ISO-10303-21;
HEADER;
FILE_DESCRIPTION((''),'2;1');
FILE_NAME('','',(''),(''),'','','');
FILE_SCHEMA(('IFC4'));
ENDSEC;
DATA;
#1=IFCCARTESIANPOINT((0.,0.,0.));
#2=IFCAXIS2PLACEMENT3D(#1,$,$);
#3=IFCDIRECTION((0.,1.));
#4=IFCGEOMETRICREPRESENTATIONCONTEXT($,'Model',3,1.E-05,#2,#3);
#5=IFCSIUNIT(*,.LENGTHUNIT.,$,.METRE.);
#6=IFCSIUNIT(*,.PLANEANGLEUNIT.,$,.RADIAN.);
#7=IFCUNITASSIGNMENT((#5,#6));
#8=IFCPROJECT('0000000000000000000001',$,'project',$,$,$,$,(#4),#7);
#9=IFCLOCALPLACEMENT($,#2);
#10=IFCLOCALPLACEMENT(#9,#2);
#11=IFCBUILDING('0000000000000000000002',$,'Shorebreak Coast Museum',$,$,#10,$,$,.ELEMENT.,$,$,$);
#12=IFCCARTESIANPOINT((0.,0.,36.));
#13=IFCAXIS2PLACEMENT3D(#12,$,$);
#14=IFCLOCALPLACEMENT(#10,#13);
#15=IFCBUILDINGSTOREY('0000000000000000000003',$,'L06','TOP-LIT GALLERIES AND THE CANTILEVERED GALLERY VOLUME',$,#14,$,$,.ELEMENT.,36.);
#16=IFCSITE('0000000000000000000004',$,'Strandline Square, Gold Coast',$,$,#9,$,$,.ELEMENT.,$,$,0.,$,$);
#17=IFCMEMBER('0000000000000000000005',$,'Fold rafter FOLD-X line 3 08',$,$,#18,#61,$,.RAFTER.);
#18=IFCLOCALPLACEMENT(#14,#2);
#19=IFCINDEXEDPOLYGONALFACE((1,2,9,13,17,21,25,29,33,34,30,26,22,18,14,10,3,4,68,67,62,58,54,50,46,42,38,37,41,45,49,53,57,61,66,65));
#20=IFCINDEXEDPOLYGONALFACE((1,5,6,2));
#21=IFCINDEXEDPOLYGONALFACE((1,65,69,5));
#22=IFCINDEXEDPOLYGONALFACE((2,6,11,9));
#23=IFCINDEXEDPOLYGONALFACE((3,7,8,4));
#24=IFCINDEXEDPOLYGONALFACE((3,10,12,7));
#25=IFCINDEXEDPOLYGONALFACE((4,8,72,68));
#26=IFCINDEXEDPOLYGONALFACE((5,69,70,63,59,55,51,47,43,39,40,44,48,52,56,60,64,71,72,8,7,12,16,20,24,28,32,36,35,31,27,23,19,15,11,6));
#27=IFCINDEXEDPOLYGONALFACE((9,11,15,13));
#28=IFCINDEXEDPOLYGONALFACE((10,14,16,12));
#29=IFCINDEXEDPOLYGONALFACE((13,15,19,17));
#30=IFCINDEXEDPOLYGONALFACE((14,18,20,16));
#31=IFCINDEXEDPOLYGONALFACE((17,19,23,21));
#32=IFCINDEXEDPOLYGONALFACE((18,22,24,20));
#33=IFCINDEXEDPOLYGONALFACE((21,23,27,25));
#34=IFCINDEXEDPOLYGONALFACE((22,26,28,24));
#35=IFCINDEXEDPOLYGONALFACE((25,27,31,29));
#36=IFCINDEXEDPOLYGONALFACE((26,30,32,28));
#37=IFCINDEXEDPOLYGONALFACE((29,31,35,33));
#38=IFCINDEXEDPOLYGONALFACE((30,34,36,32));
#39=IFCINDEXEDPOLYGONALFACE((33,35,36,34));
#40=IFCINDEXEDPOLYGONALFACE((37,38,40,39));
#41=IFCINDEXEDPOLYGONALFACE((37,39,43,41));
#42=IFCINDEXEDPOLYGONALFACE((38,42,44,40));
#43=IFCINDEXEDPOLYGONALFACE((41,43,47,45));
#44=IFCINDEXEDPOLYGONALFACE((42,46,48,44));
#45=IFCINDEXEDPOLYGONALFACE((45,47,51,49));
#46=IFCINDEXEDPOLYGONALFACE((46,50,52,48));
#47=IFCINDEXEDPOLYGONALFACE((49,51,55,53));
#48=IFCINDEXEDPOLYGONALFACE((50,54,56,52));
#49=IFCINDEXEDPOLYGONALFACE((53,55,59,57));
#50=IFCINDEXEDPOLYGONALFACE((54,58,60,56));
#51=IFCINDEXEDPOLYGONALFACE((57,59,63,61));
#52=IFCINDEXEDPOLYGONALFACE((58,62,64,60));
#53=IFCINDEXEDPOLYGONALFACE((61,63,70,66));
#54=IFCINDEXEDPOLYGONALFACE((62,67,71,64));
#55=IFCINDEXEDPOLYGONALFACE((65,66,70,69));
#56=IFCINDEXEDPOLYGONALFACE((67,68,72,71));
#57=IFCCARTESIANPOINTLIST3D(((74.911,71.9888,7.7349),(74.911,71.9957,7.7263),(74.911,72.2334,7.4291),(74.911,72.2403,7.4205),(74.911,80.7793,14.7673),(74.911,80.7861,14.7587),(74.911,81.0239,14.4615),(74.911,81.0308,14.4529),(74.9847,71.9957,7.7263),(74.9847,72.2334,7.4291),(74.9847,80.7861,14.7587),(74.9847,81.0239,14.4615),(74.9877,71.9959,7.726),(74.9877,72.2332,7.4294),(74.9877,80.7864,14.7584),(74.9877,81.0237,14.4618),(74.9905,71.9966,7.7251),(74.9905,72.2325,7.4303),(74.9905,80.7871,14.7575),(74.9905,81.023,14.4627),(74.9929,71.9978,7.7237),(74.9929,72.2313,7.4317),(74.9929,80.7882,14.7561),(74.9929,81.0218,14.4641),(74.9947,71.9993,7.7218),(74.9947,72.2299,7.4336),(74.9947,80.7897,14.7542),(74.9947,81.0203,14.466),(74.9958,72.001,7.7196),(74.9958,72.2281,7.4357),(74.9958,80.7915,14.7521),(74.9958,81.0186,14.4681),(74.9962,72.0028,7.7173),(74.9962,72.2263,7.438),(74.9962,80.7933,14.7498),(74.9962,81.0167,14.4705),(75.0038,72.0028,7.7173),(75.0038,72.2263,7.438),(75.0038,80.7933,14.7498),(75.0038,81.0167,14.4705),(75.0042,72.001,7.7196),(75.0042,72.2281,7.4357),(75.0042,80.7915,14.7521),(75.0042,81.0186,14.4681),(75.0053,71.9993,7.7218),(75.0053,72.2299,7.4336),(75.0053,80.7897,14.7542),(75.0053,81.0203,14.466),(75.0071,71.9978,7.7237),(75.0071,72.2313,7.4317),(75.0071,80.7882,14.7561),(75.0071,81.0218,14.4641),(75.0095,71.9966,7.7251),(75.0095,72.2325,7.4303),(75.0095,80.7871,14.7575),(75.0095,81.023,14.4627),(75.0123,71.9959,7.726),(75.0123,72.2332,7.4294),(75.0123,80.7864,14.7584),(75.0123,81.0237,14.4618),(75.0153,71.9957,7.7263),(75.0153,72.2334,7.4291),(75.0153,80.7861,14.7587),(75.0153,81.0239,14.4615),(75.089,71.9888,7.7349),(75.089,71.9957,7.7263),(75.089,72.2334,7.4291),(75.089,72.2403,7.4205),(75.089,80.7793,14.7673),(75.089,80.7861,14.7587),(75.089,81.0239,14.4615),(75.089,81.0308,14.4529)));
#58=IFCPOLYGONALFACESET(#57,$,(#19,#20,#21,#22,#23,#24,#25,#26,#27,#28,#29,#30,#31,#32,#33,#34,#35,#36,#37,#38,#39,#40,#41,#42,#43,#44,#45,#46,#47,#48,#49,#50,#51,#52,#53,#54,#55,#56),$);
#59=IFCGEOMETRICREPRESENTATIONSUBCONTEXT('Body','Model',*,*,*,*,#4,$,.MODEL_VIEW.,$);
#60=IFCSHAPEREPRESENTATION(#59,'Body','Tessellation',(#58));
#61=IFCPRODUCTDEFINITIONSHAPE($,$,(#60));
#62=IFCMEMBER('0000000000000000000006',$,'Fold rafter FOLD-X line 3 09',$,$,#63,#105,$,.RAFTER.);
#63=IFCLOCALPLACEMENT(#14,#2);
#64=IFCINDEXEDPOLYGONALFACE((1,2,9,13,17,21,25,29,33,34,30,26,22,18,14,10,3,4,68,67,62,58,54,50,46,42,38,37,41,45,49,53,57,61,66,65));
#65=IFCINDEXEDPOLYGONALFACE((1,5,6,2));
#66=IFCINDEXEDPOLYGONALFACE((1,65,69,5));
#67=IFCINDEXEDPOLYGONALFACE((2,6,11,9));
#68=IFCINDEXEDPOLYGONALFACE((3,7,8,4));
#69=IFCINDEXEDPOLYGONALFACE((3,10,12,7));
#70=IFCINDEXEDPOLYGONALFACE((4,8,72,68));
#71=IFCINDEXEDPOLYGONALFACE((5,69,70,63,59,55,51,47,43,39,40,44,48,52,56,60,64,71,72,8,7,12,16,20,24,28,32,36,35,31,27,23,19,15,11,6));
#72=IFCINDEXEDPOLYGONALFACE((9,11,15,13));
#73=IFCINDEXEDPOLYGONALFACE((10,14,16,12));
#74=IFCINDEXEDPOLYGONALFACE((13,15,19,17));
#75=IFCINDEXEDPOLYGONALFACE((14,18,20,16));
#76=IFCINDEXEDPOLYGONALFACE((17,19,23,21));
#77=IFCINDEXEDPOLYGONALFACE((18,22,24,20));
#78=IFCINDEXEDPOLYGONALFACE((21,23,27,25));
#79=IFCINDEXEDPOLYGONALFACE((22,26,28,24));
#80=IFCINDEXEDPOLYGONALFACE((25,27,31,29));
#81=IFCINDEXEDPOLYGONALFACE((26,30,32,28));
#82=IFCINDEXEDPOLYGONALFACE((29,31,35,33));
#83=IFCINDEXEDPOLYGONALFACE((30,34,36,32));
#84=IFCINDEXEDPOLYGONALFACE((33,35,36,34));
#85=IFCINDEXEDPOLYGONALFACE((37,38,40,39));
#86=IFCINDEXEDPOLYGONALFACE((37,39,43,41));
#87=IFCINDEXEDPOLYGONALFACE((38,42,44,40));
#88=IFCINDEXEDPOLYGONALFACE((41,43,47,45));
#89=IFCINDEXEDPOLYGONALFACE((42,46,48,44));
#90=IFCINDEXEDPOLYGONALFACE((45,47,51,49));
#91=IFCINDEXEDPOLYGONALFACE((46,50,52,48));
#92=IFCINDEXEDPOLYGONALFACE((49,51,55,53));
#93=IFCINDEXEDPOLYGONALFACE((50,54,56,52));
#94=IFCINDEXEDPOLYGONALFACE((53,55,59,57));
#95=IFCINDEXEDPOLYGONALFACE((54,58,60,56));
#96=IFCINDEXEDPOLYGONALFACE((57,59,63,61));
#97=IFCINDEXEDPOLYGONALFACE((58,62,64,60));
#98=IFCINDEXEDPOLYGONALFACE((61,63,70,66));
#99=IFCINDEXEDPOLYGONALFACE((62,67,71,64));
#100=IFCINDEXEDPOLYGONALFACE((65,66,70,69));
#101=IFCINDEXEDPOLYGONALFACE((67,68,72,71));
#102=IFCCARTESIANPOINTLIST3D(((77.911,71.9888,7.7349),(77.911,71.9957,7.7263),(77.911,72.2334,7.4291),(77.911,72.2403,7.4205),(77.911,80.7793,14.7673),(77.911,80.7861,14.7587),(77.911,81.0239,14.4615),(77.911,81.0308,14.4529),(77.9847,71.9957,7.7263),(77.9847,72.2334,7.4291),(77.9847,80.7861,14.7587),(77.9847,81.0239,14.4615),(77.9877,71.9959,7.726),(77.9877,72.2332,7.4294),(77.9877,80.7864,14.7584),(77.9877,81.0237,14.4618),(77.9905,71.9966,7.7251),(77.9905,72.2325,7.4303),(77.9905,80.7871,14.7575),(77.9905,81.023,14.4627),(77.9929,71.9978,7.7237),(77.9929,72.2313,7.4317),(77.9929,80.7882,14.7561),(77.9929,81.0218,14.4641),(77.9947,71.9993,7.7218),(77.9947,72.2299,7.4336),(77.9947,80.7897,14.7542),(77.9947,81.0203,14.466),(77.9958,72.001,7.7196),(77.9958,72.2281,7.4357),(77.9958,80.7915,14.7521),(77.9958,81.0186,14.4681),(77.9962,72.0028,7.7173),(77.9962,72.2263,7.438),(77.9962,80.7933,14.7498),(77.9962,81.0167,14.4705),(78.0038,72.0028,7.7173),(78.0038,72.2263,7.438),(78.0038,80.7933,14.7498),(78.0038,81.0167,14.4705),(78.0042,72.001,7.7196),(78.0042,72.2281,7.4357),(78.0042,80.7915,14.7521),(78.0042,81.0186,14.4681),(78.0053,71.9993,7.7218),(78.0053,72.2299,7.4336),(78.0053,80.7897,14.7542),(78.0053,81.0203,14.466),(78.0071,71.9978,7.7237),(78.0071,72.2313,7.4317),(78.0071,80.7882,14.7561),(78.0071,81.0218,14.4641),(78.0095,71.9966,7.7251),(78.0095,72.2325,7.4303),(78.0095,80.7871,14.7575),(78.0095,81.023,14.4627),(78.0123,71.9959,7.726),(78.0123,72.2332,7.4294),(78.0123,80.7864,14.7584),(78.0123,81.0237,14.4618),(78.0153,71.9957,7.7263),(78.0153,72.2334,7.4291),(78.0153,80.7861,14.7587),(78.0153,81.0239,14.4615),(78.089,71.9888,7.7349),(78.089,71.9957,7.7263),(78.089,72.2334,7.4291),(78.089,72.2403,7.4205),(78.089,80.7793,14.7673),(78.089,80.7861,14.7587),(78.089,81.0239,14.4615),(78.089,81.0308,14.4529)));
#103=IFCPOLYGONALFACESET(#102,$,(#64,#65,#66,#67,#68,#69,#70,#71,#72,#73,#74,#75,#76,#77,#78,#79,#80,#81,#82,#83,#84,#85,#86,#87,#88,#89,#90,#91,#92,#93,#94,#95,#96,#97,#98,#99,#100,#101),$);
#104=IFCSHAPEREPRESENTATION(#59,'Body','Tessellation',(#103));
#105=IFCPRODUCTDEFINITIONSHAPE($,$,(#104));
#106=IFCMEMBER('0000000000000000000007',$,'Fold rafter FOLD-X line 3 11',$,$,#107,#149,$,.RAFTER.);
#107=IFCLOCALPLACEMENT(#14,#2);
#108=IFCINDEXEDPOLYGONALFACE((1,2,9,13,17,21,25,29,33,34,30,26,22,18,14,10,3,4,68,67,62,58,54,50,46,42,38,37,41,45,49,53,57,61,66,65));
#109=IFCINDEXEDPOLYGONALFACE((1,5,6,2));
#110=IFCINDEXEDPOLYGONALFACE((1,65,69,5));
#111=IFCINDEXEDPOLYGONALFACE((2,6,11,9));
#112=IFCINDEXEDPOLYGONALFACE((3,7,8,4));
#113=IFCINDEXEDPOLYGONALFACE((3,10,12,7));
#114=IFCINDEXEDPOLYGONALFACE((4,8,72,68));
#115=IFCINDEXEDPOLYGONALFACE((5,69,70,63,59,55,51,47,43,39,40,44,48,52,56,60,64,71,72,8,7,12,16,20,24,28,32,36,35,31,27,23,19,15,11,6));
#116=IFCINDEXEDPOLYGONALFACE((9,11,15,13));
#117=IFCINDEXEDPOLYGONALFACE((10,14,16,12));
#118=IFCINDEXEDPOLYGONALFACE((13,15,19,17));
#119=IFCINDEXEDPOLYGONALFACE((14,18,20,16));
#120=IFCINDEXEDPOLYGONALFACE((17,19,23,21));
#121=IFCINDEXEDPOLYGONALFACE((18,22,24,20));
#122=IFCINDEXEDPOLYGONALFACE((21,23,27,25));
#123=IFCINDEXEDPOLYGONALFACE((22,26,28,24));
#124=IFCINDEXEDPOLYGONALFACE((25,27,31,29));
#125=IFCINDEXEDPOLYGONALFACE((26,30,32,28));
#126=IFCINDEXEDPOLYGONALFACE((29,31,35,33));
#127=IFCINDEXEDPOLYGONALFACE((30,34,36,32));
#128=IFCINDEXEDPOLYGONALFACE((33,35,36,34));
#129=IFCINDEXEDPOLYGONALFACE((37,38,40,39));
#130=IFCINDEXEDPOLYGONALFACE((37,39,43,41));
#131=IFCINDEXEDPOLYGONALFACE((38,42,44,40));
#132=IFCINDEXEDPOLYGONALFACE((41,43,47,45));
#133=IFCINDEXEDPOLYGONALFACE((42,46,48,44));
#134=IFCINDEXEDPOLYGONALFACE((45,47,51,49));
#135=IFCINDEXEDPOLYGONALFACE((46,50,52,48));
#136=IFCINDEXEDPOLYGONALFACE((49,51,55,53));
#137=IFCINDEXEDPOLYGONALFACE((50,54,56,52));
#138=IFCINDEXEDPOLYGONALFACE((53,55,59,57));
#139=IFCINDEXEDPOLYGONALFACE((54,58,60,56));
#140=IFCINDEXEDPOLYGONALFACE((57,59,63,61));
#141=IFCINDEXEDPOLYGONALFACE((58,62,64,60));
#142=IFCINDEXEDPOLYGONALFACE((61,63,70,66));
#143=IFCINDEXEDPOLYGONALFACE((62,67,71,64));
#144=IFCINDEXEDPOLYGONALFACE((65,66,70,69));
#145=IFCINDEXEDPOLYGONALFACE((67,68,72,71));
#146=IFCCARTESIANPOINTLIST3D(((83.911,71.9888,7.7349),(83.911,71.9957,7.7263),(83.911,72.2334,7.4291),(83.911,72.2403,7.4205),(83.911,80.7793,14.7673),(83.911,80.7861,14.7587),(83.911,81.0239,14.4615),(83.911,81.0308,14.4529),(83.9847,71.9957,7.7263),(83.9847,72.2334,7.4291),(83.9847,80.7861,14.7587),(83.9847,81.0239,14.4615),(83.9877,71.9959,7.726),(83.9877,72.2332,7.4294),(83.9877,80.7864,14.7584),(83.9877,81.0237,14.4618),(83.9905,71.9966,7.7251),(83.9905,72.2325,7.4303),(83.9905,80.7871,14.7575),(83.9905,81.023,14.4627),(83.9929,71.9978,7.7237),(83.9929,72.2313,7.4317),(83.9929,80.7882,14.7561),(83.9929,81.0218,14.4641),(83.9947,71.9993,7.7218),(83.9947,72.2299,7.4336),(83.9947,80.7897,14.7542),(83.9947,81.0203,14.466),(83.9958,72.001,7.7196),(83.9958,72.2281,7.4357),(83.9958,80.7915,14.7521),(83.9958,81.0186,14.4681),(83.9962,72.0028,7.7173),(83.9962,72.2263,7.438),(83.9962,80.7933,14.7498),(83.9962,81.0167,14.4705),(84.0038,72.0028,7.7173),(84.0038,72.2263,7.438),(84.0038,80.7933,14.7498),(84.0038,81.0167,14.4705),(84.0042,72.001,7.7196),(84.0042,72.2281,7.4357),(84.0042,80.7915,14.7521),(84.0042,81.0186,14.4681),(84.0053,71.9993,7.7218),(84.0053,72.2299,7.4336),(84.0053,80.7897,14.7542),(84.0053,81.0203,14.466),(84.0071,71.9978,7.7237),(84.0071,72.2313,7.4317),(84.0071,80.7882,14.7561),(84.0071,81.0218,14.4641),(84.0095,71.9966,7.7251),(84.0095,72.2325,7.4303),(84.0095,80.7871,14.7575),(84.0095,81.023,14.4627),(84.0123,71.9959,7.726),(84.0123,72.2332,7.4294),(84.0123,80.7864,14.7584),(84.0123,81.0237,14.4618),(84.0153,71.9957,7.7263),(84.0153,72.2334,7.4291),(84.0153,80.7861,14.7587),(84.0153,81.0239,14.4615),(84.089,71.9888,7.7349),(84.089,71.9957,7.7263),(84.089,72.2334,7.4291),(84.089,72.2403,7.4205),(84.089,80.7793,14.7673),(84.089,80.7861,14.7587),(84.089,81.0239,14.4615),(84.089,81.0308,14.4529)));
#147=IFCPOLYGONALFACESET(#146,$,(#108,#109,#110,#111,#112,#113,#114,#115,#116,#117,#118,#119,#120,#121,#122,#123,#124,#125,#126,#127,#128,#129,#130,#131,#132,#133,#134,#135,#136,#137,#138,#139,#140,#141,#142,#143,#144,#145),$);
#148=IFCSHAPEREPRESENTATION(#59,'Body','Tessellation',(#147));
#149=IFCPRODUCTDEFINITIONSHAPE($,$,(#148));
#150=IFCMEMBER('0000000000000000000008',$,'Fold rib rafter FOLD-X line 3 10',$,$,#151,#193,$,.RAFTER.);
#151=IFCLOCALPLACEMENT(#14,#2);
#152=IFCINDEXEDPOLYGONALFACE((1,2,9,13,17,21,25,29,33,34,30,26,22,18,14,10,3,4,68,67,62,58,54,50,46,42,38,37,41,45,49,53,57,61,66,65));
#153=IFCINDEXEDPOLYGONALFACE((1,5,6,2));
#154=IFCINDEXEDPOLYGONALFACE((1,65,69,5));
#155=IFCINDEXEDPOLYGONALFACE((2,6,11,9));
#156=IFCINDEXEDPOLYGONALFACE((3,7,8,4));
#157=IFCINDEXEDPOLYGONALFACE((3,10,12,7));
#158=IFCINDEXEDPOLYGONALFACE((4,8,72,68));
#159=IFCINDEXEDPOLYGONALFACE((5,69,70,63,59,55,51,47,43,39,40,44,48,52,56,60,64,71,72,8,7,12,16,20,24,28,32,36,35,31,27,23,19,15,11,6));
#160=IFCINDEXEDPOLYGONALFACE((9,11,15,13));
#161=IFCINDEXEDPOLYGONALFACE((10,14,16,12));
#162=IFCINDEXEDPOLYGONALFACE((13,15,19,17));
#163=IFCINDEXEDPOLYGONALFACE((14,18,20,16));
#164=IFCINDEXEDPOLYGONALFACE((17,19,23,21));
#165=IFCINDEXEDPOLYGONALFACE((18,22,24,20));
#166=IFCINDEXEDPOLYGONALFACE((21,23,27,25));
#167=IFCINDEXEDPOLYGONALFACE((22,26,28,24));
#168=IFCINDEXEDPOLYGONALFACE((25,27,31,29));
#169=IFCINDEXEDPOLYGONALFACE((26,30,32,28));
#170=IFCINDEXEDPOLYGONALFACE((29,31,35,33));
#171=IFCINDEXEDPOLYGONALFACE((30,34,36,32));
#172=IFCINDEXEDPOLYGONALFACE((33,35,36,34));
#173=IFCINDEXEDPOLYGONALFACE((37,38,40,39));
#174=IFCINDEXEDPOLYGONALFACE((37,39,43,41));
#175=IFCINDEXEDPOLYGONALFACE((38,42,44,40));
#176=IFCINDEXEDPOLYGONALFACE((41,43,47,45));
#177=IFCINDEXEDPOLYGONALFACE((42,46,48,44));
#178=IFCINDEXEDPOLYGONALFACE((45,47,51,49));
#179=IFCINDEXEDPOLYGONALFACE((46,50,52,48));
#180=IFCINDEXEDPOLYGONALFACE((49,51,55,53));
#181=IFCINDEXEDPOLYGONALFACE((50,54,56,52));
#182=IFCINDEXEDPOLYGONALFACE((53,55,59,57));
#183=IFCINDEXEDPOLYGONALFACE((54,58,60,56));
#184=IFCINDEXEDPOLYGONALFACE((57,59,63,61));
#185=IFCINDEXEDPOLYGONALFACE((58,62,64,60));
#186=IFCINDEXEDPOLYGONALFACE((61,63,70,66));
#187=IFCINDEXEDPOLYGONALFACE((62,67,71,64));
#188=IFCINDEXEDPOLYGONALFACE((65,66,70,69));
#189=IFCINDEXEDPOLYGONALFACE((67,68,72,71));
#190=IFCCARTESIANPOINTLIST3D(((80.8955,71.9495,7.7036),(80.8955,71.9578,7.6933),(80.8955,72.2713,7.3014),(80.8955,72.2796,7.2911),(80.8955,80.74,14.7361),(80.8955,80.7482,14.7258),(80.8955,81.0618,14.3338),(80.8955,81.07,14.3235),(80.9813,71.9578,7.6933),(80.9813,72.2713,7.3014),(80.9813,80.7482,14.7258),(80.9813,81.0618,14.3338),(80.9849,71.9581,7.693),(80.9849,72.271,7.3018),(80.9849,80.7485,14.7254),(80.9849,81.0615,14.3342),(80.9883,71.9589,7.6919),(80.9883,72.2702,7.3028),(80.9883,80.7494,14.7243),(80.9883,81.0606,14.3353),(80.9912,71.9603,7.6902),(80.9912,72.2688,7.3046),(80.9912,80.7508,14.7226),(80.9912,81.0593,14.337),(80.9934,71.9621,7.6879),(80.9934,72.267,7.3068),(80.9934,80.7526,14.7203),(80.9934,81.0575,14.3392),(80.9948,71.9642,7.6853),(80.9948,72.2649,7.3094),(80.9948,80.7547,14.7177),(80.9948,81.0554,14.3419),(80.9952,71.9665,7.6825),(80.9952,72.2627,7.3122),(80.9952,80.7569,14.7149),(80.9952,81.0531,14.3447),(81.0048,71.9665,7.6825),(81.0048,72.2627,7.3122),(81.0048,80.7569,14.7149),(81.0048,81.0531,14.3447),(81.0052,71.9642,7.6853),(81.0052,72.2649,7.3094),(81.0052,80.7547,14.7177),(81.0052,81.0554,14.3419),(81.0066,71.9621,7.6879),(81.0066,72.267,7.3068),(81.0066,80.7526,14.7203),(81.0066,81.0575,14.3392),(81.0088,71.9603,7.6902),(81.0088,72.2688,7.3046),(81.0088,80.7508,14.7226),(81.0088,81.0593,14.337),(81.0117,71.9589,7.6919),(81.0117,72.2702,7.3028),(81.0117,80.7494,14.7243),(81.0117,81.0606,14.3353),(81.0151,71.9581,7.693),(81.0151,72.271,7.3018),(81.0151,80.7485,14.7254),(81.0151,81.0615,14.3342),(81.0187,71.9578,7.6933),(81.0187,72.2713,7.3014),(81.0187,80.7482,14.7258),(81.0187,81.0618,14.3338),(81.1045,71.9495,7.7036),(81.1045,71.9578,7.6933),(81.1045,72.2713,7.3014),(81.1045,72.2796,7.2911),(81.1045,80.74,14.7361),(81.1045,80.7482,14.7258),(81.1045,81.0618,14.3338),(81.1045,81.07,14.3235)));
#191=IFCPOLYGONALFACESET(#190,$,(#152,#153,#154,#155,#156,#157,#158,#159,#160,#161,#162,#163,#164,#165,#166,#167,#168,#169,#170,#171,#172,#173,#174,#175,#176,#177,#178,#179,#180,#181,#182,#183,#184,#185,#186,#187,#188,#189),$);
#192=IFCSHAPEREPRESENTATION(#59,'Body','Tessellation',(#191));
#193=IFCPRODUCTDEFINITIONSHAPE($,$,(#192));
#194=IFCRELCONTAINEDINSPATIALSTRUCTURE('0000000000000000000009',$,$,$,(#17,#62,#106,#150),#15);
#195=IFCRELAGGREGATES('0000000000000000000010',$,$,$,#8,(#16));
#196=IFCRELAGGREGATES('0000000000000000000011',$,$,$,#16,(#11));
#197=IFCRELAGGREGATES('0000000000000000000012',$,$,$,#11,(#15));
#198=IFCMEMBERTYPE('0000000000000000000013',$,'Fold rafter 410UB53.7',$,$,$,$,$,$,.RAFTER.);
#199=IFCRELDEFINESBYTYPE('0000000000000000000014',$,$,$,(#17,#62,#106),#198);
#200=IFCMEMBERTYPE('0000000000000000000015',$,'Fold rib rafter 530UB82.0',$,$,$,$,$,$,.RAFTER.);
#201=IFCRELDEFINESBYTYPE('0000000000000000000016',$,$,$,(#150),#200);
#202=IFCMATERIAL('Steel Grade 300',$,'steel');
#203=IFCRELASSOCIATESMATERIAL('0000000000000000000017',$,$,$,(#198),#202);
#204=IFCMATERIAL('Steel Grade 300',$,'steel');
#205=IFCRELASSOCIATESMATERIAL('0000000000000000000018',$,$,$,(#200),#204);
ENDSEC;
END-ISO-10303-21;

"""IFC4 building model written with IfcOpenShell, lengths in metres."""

from ifc_helpers import new_model, si_unit, direction, frame, origin, origin_2d, place, context, subcontext, project, spatial, i_section, extrude, material, material_profile, profile_set, type_object, element, save


model = new_model("IFC4")

# Units and contexts
model_context = context("Model", 3, precision=1e-05, world=origin(), true_north=direction((0.0, 1.0)))
body_context = subcontext(model_context, "Body", "Model", "MODEL_VIEW")
ifc_project = project(units=[si_unit("LENGTHUNIT", "METRE"), si_unit("PLANEANGLEUNIT", "RADIAN")], contexts=[model_context])

# Site, building, storey
site_placement = place(None, origin())
site = spatial("IfcSite", under=ifc_project, at=site_placement, Name="Strandline Square, Gold Coast", CompositionType="ELEMENT", RefElevation=0.0)
building_placement = place(site_placement, origin())
building = spatial("IfcBuilding", under=site, at=building_placement, Name="Shorebreak Coast Museum", CompositionType="ELEMENT")
storey_placement = place(building_placement, frame((0.0, 0.0, 36.0)))
storey = spatial("IfcBuildingStorey", under=building, at=storey_placement, Name="L06", Description="TOP-LIT GALLERIES AND THE CANTILEVERED GALLERY VOLUME", CompositionType="ELEMENT", Elevation=36.0)

# Members
ifc_material_1 = material(Name="Steel Grade 300", Category="steel")
ifc_material_profile_1 = material_profile(ifc_material_1, i_section(OverallWidth=0.178, OverallDepth=0.4026, WebThickness=0.0076, FlangeThickness=0.011, FilletRadius=0.0115, at=origin_2d()), Name="410UB53.7")
ifc_profile_set_1 = profile_set([ifc_material_profile_1], Name="Steel Grade 300")
member_type_1 = type_object("IfcMemberType", Name="Fold rafter 410UB53.7", PredefinedType="RAFTER", material=ifc_profile_set_1)
for number, where, z_axis, x_axis, name in (
    (1, (75.0, 80.905, 14.6101), (0.0, -0.780867, -0.624698), (1.0, 0.0, 0.0), "Fold rafter FOLD-X line 3 08"),
    (2, (78.0, 80.905, 14.6101), (0.0, -0.780867, -0.624698), (1.0, 0.0, 0.0), "Fold rafter FOLD-X line 3 09"),
    (3, (84.0, 80.905, 14.6101), (0.0, -0.780867, -0.624698), (1.0, 0.0, 0.0), "Fold rafter FOLD-X line 3 11"),
):
    element("IfcMember", number, at=place(storey_placement, frame(where, z_axis=z_axis, x_axis=x_axis)), inside=storey, type_object=member_type_1, Name=name, PredefinedType="RAFTER", context=body_context, shape_type="SweptSolid", body=[
        extrude(i_section(OverallWidth=0.178, OverallDepth=0.4026, WebThickness=0.0076, FlangeThickness=0.011, FilletRadius=0.0115, at=origin_2d()), origin(), (0.0, 0.0, 1.0), 11.2573),
    ])
ifc_material_2 = material(Name="Steel Grade 300", Category="steel")
ifc_material_profile_2 = material_profile(ifc_material_2, i_section(OverallWidth=0.209, OverallDepth=0.5283, WebThickness=0.0095, FlangeThickness=0.0132, FilletRadius=0.0139, at=origin_2d()), Name="530UB82.0")
ifc_profile_set_2 = profile_set([ifc_material_profile_2], Name="Steel Grade 300")
member_type_2 = type_object("IfcMemberType", Name="Fold rib rafter 530UB82.0", PredefinedType="RAFTER", material=ifc_profile_set_2)
member_1_placement = place(storey_placement, frame((81.0, 80.905, 14.5298), z_axis=(0.0, -0.780867, -0.624698), x_axis=(1.0, 0.0, 0.0)))
element("IfcMember", 4, at=member_1_placement, inside=storey, type_object=member_type_2, Name="Fold rib rafter FOLD-X line 3 10", PredefinedType="RAFTER", context=body_context, shape_type="SweptSolid", body=[
    extrude(i_section(OverallWidth=0.209, OverallDepth=0.5283, WebThickness=0.0095, FlangeThickness=0.0132, FilletRadius=0.0139, at=origin_2d()), origin(), (0.0, 0.0, 1.0), 11.2573),
])

save(model, "model.ifc")
